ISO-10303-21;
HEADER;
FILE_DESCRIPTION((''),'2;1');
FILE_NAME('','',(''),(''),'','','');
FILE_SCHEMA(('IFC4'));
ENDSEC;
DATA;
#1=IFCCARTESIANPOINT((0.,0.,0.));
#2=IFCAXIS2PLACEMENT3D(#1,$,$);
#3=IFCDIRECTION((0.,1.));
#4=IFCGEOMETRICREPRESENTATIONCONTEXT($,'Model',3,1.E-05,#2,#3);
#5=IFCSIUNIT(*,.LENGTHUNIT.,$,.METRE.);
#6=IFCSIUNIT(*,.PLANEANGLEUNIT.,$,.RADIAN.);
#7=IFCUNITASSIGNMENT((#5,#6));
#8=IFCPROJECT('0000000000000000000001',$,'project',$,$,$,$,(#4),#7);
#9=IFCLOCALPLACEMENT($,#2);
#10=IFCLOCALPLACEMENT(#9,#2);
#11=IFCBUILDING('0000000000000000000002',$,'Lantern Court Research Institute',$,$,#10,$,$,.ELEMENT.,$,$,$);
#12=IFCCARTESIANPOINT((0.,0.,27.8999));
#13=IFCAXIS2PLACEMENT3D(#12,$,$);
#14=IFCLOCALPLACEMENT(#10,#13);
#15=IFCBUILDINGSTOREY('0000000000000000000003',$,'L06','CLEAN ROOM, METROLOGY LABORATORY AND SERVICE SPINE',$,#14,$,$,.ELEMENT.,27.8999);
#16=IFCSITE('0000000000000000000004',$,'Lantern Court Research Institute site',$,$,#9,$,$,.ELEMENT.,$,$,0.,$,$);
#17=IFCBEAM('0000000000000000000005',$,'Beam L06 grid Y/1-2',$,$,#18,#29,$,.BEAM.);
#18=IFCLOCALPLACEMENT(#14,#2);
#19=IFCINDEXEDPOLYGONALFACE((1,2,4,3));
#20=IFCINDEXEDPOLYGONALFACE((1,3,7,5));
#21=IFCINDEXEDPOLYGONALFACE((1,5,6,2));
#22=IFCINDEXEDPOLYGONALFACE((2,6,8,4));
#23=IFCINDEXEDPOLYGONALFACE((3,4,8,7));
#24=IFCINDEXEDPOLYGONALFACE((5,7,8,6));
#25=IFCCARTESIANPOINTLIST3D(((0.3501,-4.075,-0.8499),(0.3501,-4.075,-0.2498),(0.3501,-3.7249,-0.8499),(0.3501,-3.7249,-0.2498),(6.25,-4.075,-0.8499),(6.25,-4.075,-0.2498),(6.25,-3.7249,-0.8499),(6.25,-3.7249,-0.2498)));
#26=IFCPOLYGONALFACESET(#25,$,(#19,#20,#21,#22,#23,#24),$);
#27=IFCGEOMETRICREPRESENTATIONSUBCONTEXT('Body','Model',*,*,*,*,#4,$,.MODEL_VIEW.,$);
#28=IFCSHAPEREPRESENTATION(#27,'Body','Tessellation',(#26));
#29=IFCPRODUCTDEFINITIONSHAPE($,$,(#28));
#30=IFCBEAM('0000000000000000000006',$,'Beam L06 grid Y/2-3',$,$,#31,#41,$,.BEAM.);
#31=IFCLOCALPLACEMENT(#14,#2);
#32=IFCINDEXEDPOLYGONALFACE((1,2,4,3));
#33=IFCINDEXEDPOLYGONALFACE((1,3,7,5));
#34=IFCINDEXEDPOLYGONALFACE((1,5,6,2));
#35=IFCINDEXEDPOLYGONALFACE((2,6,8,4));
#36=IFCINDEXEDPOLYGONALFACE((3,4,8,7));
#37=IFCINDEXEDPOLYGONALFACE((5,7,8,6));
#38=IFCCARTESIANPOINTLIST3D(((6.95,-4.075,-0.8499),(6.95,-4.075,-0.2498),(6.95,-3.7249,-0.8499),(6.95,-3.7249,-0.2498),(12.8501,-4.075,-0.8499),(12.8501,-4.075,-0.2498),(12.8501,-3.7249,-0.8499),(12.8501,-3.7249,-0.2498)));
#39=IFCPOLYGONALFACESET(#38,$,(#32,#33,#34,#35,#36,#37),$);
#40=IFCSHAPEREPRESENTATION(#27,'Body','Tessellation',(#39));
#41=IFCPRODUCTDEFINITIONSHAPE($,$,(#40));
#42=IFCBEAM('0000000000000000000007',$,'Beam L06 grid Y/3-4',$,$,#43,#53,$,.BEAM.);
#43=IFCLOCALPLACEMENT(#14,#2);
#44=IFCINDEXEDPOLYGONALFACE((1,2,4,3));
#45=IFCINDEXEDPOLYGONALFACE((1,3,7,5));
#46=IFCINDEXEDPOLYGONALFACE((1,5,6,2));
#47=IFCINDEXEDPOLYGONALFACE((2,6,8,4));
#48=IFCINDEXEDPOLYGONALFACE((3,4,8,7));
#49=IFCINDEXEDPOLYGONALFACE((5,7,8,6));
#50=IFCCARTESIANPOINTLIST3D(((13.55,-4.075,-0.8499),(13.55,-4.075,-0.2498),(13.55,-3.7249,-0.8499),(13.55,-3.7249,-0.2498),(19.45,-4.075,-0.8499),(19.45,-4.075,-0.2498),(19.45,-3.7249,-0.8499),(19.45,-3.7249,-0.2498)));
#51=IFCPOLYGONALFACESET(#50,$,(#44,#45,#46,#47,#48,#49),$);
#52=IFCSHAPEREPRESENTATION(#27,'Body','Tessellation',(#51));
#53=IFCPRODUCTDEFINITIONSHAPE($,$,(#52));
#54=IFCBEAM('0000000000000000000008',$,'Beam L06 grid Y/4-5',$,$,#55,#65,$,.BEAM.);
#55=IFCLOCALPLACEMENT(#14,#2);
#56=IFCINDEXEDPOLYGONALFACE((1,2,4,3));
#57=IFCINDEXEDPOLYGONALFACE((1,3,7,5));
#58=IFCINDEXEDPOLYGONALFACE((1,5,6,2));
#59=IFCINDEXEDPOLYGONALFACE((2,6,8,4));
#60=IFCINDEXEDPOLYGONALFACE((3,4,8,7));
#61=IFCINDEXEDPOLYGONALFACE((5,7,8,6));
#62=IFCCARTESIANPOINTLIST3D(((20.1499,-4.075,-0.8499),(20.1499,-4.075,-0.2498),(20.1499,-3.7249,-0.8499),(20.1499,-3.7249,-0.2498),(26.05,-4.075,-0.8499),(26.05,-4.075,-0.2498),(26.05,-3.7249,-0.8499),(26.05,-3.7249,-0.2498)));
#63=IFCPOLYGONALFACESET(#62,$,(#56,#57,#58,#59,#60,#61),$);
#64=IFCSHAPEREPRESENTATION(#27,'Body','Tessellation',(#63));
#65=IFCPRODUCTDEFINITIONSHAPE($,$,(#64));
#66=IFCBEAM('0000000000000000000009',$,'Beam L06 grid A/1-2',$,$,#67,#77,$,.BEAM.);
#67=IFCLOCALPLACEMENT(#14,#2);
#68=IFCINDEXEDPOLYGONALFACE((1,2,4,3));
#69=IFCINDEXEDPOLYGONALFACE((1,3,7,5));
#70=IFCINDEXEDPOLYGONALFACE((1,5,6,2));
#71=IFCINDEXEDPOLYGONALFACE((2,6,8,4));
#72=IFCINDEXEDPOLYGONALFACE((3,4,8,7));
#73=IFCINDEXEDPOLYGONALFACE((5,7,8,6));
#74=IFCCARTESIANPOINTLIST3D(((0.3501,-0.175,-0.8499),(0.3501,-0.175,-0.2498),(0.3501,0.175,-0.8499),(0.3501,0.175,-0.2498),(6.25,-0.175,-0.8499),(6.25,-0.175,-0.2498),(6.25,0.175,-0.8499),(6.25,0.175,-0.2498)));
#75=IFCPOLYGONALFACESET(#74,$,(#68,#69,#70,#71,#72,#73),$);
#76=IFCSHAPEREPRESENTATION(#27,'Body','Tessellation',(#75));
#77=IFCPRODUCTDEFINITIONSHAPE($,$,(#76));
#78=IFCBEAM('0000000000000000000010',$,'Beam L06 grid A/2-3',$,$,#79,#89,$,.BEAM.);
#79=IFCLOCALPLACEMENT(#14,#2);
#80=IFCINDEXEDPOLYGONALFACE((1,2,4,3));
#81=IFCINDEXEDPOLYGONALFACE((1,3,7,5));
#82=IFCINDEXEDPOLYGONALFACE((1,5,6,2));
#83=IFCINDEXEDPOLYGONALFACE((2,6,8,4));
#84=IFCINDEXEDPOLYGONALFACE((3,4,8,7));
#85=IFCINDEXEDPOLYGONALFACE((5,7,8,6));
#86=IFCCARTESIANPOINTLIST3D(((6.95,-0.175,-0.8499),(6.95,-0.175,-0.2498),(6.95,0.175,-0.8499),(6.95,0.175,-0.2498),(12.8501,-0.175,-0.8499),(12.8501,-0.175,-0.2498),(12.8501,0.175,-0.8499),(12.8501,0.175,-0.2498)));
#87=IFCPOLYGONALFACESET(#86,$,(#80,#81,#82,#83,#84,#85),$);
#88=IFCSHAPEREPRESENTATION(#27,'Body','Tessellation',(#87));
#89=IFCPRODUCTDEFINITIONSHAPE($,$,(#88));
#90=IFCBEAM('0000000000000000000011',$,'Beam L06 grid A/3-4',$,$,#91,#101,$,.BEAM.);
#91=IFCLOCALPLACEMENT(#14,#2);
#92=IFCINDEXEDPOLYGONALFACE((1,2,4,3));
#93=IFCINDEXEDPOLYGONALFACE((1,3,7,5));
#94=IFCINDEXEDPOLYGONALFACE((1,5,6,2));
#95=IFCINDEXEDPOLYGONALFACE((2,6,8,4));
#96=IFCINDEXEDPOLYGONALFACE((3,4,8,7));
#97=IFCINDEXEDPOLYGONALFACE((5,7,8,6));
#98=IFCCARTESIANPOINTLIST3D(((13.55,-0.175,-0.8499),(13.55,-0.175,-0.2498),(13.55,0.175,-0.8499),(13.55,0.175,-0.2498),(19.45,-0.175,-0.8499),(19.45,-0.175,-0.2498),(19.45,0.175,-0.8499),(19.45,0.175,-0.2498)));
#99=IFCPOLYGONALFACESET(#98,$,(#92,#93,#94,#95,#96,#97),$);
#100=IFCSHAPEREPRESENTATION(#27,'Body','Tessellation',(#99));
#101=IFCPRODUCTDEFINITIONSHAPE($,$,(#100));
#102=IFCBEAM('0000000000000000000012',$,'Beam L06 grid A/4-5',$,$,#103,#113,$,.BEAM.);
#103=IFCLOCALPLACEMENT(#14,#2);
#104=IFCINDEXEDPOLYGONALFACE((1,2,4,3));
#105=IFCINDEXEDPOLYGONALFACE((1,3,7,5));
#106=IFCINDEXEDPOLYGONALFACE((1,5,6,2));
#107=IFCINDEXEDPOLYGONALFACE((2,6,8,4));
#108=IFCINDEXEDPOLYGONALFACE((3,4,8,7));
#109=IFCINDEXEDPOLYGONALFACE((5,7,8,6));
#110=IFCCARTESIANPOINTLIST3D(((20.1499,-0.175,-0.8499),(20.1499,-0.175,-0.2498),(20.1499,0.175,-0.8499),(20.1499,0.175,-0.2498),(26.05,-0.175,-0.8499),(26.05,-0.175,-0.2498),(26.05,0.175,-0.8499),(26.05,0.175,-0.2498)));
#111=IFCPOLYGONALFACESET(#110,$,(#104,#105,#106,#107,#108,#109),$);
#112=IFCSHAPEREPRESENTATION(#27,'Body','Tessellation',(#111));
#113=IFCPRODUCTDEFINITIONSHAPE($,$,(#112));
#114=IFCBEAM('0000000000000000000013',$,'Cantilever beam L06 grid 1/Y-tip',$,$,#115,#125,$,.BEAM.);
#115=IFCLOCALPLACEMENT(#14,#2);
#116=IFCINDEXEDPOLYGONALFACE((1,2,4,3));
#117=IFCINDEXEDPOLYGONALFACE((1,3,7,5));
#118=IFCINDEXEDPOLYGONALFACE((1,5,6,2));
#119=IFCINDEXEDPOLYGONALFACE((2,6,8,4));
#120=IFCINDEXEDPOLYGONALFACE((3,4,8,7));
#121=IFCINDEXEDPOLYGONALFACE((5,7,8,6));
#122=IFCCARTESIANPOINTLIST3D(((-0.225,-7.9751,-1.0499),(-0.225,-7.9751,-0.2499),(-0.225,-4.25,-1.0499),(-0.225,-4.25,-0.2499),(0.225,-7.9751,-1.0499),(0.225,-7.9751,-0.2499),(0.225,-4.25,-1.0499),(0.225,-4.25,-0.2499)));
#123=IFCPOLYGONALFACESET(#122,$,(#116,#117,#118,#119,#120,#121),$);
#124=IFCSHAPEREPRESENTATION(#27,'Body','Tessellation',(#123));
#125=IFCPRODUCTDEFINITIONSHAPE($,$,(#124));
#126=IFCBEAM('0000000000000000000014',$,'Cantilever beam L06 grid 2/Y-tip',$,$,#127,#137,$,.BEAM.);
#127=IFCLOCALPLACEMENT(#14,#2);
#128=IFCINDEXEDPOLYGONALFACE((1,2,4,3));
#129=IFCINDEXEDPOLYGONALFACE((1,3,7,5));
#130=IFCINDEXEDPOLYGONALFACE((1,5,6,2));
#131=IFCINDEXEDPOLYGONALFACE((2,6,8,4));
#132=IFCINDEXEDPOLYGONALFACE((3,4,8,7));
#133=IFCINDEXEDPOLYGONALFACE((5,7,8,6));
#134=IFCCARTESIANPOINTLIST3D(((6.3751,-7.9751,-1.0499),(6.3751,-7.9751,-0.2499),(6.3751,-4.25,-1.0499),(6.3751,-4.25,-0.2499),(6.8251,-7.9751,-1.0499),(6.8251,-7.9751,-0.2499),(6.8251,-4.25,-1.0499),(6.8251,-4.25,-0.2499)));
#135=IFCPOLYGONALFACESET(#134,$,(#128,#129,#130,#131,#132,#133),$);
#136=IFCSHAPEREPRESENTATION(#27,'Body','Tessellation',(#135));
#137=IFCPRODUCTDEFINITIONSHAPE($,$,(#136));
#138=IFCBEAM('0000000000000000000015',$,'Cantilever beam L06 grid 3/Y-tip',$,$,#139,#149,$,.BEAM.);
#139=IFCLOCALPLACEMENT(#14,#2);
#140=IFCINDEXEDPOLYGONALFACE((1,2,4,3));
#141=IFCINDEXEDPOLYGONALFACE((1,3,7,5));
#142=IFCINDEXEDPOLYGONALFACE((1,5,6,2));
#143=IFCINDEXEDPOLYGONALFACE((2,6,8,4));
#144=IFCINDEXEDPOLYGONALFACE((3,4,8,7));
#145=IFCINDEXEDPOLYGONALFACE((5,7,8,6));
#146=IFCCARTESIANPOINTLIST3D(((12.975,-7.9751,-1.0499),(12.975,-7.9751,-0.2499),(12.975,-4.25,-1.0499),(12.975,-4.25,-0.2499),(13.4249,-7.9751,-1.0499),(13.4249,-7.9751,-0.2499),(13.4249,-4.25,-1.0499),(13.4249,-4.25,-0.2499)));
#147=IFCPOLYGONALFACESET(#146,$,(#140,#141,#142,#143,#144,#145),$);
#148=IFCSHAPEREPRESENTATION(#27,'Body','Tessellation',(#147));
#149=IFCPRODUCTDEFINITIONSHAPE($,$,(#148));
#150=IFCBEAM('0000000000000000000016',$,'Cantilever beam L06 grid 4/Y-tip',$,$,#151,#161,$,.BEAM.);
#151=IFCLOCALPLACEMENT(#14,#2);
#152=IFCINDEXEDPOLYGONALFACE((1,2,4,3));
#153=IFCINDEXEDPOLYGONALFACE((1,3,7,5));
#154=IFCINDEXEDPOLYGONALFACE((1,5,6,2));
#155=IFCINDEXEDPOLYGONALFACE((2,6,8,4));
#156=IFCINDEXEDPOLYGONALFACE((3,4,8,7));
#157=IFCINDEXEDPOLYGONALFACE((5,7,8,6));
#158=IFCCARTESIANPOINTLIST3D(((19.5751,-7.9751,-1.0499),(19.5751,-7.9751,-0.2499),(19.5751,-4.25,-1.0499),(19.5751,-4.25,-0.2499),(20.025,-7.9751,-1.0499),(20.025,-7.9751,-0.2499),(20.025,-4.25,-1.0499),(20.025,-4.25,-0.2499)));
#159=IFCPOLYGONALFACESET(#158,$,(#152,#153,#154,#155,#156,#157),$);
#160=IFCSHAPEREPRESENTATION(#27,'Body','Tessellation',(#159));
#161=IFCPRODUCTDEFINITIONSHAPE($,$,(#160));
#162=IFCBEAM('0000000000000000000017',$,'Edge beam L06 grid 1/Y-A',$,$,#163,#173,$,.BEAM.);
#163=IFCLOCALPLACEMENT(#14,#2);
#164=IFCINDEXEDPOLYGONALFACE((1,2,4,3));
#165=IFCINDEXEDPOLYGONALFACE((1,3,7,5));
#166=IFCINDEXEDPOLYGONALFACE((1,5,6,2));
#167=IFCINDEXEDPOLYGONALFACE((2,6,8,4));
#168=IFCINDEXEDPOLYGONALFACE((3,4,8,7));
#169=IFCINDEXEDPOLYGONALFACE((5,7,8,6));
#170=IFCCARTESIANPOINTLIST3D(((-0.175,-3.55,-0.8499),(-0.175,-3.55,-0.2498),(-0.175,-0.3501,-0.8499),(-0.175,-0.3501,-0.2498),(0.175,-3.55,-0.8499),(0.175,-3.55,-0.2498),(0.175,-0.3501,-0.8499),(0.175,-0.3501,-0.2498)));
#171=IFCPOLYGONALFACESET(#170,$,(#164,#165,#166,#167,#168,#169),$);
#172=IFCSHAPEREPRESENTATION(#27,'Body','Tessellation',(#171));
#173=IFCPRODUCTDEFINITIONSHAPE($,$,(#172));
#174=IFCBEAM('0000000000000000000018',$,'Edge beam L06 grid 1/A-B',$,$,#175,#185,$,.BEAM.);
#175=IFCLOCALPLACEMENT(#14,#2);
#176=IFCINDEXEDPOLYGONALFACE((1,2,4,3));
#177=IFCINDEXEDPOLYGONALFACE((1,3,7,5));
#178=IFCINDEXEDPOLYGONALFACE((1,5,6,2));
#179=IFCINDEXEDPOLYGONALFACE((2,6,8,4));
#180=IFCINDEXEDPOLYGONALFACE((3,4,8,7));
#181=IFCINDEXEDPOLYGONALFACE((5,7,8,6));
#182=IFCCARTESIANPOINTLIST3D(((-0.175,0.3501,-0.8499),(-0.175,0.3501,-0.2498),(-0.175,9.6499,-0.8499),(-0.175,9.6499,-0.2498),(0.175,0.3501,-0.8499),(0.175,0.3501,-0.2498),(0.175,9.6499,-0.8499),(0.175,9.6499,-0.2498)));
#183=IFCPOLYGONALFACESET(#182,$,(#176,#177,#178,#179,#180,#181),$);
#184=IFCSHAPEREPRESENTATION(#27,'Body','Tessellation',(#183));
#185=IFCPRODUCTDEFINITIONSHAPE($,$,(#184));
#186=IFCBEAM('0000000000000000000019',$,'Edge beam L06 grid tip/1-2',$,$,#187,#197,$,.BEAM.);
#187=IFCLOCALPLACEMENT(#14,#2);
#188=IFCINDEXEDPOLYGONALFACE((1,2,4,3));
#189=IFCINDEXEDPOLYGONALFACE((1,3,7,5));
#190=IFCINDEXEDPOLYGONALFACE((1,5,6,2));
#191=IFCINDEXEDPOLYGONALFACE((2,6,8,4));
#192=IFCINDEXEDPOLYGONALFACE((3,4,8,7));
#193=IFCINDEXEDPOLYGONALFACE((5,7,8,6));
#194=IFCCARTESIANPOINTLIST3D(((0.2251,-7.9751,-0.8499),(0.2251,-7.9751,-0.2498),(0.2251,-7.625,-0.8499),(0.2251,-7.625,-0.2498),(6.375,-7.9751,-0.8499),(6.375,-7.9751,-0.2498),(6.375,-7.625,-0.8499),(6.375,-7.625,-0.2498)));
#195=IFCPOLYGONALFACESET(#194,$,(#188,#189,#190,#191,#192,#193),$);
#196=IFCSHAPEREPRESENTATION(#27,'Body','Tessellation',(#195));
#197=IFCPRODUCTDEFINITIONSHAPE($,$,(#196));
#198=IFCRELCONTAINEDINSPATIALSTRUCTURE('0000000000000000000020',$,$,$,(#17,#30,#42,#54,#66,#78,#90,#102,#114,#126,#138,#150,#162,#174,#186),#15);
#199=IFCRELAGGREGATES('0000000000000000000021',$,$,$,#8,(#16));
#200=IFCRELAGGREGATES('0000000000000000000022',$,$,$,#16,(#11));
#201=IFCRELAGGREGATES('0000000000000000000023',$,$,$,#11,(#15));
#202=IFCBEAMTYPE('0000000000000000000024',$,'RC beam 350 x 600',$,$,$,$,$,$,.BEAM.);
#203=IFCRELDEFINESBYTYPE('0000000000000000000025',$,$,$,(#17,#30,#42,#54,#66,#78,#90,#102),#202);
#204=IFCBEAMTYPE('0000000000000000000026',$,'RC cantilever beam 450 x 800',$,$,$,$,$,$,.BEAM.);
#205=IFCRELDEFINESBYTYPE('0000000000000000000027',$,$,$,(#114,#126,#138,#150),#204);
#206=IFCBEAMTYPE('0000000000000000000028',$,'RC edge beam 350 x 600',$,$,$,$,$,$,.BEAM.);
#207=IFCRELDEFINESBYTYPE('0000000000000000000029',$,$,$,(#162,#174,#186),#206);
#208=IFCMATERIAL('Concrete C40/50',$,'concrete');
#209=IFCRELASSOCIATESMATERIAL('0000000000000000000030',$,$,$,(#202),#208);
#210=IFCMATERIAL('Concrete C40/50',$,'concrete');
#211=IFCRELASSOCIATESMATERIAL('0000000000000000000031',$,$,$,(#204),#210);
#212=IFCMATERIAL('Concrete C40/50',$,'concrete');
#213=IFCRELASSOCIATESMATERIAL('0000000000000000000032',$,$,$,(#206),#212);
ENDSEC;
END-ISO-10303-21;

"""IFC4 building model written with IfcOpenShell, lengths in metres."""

from ifc_helpers import new_model, si_unit, direction, frame, origin, origin_2d, place, context, subcontext, project, spatial, rectangle, extrude, material, material_profile, profile_set, type_object, element, save


model = new_model("IFC4")

# Units and contexts
model_context = context("Model", 3, precision=1e-05, world=origin(), true_north=direction((0.0, 1.0)))
body_context = subcontext(model_context, "Body", "Model", "MODEL_VIEW")
ifc_project = project(units=[si_unit("LENGTHUNIT", "METRE"), si_unit("PLANEANGLEUNIT", "RADIAN")], contexts=[model_context])

# Site, building, storey
site_placement = place(None, origin())
site = spatial("IfcSite", under=ifc_project, at=site_placement, Name="Lantern Court Research Institute site", CompositionType="ELEMENT", RefElevation=0.0)
building_placement = place(site_placement, origin())
building = spatial("IfcBuilding", under=site, at=building_placement, Name="Lantern Court Research Institute", CompositionType="ELEMENT")
storey_placement = place(building_placement, frame((0.0, 0.0, 27.8999)))
storey = spatial("IfcBuildingStorey", under=building, at=storey_placement, Name="L06", Description="CLEAN ROOM, METROLOGY LABORATORY AND SERVICE SPINE", CompositionType="ELEMENT", Elevation=27.8999)

# Beams
ifc_material_1 = material(Name="Concrete C40/50", Category="concrete")
ifc_material_profile_1 = material_profile(ifc_material_1, rectangle(XDim=0.3501, YDim=0.6001, at=origin_2d()), Name="RC beam 350 x 600")
ifc_profile_set_1 = profile_set([ifc_material_profile_1], Name="Concrete C40/50")
beam_type_1 = type_object("IfcBeamType", Name="RC beam 350 x 600", PredefinedType="BEAM", material=ifc_profile_set_1)
beam_1_placement = place(storey_placement, frame((0.3501, -3.8999, -0.5498), z_axis=(1.0, 0.0, 0.0), x_axis=(0.0, 1.0, 0.0)))
element("IfcBeam", 1, at=beam_1_placement, inside=storey, type_object=beam_type_1, Name="Beam L06 grid Y/1-2", PredefinedType="BEAM", context=body_context, shape_type="SweptSolid", body=[
    extrude(rectangle(XDim=0.3501, YDim=0.6001, at=origin_2d()), origin(), (0.0, 0.0, 1.0), 5.8999),
])
beam_2_placement = place(storey_placement, frame((6.95, -3.8999, -0.5498), z_axis=(1.0, 0.0, 0.0), x_axis=(0.0, 1.0, 0.0)))
element("IfcBeam", 2, at=beam_2_placement, inside=storey, type_object=beam_type_1, Name="Beam L06 grid Y/2-3", PredefinedType="BEAM", context=body_context, shape_type="SweptSolid", body=[
    extrude(rectangle(XDim=0.3501, YDim=0.6001, at=origin_2d()), origin(), (0.0, 0.0, 1.0), 5.9001),
])
beam_3_placement = place(storey_placement, frame((13.55, -3.8999, -0.5498), z_axis=(1.0, 0.0, 0.0), x_axis=(0.0, 1.0, 0.0)))
element("IfcBeam", 3, at=beam_3_placement, inside=storey, type_object=beam_type_1, Name="Beam L06 grid Y/3-4", PredefinedType="BEAM", context=body_context, shape_type="SweptSolid", body=[
    extrude(rectangle(XDim=0.3501, YDim=0.6001, at=origin_2d()), origin(), (0.0, 0.0, 1.0), 5.8999),
])
beam_4_placement = place(storey_placement, frame((20.1499, -3.8999, -0.5498), z_axis=(1.0, 0.0, 0.0), x_axis=(0.0, 1.0, 0.0)))
element("IfcBeam", 4, at=beam_4_placement, inside=storey, type_object=beam_type_1, Name="Beam L06 grid Y/4-5", PredefinedType="BEAM", context=body_context, shape_type="SweptSolid", body=[
    extrude(rectangle(XDim=0.3501, YDim=0.6001, at=origin_2d()), origin(), (0.0, 0.0, 1.0), 5.9001),
])
beam_5_placement = place(storey_placement, frame((0.3501, 0.0, -0.5498), z_axis=(1.0, 0.0, 0.0), x_axis=(0.0, 1.0, 0.0)))
element("IfcBeam", 5, at=beam_5_placement, inside=storey, type_object=beam_type_1, Name="Beam L06 grid A/1-2", PredefinedType="BEAM", context=body_context, shape_type="SweptSolid", body=[
    extrude(rectangle(XDim=0.3501, YDim=0.6001, at=origin_2d()), origin(), (0.0, 0.0, 1.0), 5.8999),
])
beam_6_placement = place(storey_placement, frame((6.95, 0.0, -0.5498), z_axis=(1.0, 0.0, 0.0), x_axis=(0.0, 1.0, 0.0)))
element("IfcBeam", 6, at=beam_6_placement, inside=storey, type_object=beam_type_1, Name="Beam L06 grid A/2-3", PredefinedType="BEAM", context=body_context, shape_type="SweptSolid", body=[
    extrude(rectangle(XDim=0.3501, YDim=0.6001, at=origin_2d()), origin(), (0.0, 0.0, 1.0), 5.9001),
])
beam_7_placement = place(storey_placement, frame((13.55, 0.0, -0.5498), z_axis=(1.0, 0.0, 0.0), x_axis=(0.0, 1.0, 0.0)))
element("IfcBeam", 7, at=beam_7_placement, inside=storey, type_object=beam_type_1, Name="Beam L06 grid A/3-4", PredefinedType="BEAM", context=body_context, shape_type="SweptSolid", body=[
    extrude(rectangle(XDim=0.3501, YDim=0.6001, at=origin_2d()), origin(), (0.0, 0.0, 1.0), 5.8999),
])
beam_8_placement = place(storey_placement, frame((20.1499, 0.0, -0.5498), z_axis=(1.0, 0.0, 0.0), x_axis=(0.0, 1.0, 0.0)))
element("IfcBeam", 8, at=beam_8_placement, inside=storey, type_object=beam_type_1, Name="Beam L06 grid A/4-5", PredefinedType="BEAM", context=body_context, shape_type="SweptSolid", body=[
    extrude(rectangle(XDim=0.3501, YDim=0.6001, at=origin_2d()), origin(), (0.0, 0.0, 1.0), 5.9001),
])
ifc_material_2 = material(Name="Concrete C40/50", Category="concrete")
ifc_material_profile_2 = material_profile(ifc_material_2, rectangle(XDim=0.45, YDim=0.8, at=origin_2d()), Name="RC beam 450 x 800")
ifc_profile_set_2 = profile_set([ifc_material_profile_2], Name="Concrete C40/50")
beam_type_2 = type_object("IfcBeamType", Name="RC cantilever beam 450 x 800", PredefinedType="BEAM", material=ifc_profile_set_2)
for number, where, z_axis, x_axis, name in (
    (9, (0.0, -4.25, -0.6499), (0.0, -1.0, 0.0), (1.0, 0.0, 0.0), "Cantilever beam L06 grid 1/Y-tip"),
    (10, (6.6001, -4.25, -0.6499), (0.0, -1.0, 0.0), (1.0, 0.0, 0.0), "Cantilever beam L06 grid 2/Y-tip"),
    (11, (13.2, -4.25, -0.6499), (0.0, -1.0, 0.0), (1.0, 0.0, 0.0), "Cantilever beam L06 grid 3/Y-tip"),
    (12, (19.8, -4.25, -0.6499), (0.0, -1.0, 0.0), (1.0, 0.0, 0.0), "Cantilever beam L06 grid 4/Y-tip"),
):
    element("IfcBeam", number, at=place(storey_placement, frame(where, z_axis=z_axis, x_axis=x_axis)), inside=storey, type_object=beam_type_2, Name=name, PredefinedType="BEAM", context=body_context, shape_type="SweptSolid", body=[
        extrude(rectangle(XDim=0.45, YDim=0.8, at=origin_2d()), origin(), (0.0, 0.0, 1.0), 3.7251),
    ])
ifc_material_3 = material(Name="Concrete C40/50", Category="concrete")
ifc_material_profile_3 = material_profile(ifc_material_3, rectangle(XDim=0.3501, YDim=0.6001, at=origin_2d()), Name="RC beam 350 x 600")
ifc_profile_set_3 = profile_set([ifc_material_profile_3], Name="Concrete C40/50")
beam_type_3 = type_object("IfcBeamType", Name="RC edge beam 350 x 600", PredefinedType="BEAM", material=ifc_profile_set_3)
beam_9_placement = place(storey_placement, frame((0.0, -3.55, -0.5498), z_axis=(0.0, 1.0, 0.0), x_axis=(-1.0, 0.0, 0.0)))
element("IfcBeam", 13, at=beam_9_placement, inside=storey, type_object=beam_type_3, Name="Edge beam L06 grid 1/Y-A", PredefinedType="BEAM", context=body_context, shape_type="SweptSolid", body=[
    extrude(rectangle(XDim=0.3501, YDim=0.6001, at=origin_2d()), origin(), (0.0, 0.0, 1.0), 3.2),
])
beam_10_placement = place(storey_placement, frame((0.0, 0.3501, -0.5498), z_axis=(0.0, 1.0, 0.0), x_axis=(-1.0, 0.0, 0.0)))
element("IfcBeam", 14, at=beam_10_placement, inside=storey, type_object=beam_type_3, Name="Edge beam L06 grid 1/A-B", PredefinedType="BEAM", context=body_context, shape_type="SweptSolid", body=[
    extrude(rectangle(XDim=0.3501, YDim=0.6001, at=origin_2d()), origin(), (0.0, 0.0, 1.0), 9.2998),
])
beam_11_placement = place(storey_placement, frame((0.2251, -7.8, -0.5498), z_axis=(1.0, 0.0, 0.0), x_axis=(0.0, 1.0, 0.0)))
element("IfcBeam", 15, at=beam_11_placement, inside=storey, type_object=beam_type_3, Name="Edge beam L06 grid tip/1-2", PredefinedType="BEAM", context=body_context, shape_type="SweptSolid", body=[
    extrude(rectangle(XDim=0.3501, YDim=0.6001, at=origin_2d()), origin(), (0.0, 0.0, 1.0), 6.1499),
])

save(model, "model.ifc")
